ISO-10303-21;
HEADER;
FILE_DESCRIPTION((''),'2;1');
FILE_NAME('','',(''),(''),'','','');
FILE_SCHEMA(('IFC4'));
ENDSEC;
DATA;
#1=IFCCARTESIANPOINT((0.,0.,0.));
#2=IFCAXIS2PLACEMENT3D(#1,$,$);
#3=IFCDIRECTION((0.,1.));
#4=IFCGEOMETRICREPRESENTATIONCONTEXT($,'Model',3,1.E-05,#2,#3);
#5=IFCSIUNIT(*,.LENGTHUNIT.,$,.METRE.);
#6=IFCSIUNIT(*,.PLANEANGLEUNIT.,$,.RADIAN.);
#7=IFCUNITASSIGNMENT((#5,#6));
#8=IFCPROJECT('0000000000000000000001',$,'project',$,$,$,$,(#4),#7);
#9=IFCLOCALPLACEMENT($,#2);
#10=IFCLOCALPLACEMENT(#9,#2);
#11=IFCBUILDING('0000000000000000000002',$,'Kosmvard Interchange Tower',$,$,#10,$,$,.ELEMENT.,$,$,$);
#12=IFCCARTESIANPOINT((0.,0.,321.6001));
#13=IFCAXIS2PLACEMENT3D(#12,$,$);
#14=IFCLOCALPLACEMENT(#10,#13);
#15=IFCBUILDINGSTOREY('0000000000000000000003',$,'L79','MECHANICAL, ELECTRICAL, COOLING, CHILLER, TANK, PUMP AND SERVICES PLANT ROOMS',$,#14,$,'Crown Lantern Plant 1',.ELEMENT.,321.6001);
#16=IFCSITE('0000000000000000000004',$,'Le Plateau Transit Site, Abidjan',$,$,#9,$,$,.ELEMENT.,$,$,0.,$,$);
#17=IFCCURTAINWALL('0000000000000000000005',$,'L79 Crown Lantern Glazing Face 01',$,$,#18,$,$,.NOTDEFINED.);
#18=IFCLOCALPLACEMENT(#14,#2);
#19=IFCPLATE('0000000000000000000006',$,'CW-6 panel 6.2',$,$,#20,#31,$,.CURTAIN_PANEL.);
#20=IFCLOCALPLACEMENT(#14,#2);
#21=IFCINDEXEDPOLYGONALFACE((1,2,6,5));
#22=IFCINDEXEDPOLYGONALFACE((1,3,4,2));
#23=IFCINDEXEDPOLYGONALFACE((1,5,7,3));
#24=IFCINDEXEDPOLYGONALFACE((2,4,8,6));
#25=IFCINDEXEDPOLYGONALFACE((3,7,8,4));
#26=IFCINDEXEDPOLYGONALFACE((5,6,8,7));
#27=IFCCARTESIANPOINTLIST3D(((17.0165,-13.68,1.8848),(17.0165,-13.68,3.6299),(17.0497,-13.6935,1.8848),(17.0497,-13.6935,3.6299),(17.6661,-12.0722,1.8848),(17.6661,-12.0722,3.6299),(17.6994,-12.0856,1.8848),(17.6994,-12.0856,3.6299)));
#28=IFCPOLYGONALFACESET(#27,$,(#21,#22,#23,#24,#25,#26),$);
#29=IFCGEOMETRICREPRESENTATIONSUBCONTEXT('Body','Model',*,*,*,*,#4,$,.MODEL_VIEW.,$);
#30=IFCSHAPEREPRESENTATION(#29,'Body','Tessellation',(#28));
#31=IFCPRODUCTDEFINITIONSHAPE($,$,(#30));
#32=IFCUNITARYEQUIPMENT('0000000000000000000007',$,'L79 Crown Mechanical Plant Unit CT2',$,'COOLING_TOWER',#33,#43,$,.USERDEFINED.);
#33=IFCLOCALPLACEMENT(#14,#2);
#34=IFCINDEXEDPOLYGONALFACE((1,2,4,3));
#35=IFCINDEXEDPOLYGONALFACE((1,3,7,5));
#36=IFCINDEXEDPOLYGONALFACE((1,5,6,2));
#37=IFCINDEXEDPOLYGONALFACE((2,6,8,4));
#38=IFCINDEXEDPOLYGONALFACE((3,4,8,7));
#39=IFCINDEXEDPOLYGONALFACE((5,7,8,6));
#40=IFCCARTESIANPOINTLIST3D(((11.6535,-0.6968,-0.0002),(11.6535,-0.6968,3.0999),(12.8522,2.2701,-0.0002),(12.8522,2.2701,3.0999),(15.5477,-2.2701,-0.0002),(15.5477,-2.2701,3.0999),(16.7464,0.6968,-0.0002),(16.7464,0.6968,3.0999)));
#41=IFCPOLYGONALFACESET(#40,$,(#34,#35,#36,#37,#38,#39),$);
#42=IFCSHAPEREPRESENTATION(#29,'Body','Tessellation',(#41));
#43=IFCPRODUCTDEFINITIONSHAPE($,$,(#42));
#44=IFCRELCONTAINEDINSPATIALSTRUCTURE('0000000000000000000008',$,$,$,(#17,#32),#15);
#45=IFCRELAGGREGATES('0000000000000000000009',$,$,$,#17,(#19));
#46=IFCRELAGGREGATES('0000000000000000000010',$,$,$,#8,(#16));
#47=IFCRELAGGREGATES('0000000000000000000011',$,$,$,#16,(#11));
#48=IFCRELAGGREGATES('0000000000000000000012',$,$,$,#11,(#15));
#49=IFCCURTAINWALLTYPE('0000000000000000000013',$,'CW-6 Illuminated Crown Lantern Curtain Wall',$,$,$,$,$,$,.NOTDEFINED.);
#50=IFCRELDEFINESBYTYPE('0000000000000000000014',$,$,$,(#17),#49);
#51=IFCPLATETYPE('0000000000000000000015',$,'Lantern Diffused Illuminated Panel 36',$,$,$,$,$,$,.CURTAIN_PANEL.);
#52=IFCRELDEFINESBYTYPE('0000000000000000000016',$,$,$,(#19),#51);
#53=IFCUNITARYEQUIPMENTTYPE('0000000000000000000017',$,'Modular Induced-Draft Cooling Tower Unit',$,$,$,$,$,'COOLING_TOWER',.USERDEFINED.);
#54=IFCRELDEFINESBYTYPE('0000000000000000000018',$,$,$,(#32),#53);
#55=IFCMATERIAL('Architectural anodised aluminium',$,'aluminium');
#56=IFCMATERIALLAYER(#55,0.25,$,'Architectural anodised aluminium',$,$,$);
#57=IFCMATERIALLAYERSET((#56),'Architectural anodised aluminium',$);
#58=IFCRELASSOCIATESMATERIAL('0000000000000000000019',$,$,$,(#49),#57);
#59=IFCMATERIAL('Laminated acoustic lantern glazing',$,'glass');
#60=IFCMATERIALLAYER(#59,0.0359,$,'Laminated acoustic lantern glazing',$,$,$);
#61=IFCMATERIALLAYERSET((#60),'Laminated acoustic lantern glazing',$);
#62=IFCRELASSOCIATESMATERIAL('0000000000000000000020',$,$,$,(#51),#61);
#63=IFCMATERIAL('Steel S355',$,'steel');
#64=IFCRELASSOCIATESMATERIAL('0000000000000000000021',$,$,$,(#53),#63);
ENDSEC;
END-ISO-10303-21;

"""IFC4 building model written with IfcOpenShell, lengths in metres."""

from ifc_helpers import new_model, si_unit, direction, frame, origin, origin_2d, place, context, subcontext, project, spatial, rectangle, extrude, source, transform, mapped, material, layer, layer_set, type_object, element, aggregate, save


model = new_model("IFC4")

# Units and contexts
model_context = context("Model", 3, precision=1e-05, world=origin(), true_north=direction((0.0, 1.0)))
body_context = subcontext(model_context, "Body", "Model", "MODEL_VIEW")
ifc_project = project(units=[si_unit("LENGTHUNIT", "METRE"), si_unit("PLANEANGLEUNIT", "RADIAN")], contexts=[model_context])

# Site, building, storey
site_placement = place(None, origin())
site = spatial("IfcSite", under=ifc_project, at=site_placement, Name="Le Plateau Transit Site, Abidjan", CompositionType="ELEMENT", RefElevation=0.0)
building_placement = place(site_placement, origin())
building = spatial("IfcBuilding", under=site, at=building_placement, Name="Kosmvard Interchange Tower", CompositionType="ELEMENT")
storey_placement = place(building_placement, frame((0.0, 0.0, 321.6001)))
storey = spatial("IfcBuildingStorey", under=building, at=storey_placement, Name="L79", Description="MECHANICAL, ELECTRICAL, COOLING, CHILLER, TANK, PUMP AND SERVICES PLANT ROOMS", LongName="Crown Lantern Plant 1", CompositionType="ELEMENT", Elevation=321.6001)

# Shared definitions
ifc_material_1 = material(Name="Steel S355", Category="steel")

# Curtain wall
ifc_material_2 = material(Name="Architectural anodised aluminium", Category="aluminium")
ifc_layer_1 = layer(ifc_material_2, 0.25, Name="Architectural anodised aluminium")
ifc_layer_set_1 = layer_set([ifc_layer_1], Name="Architectural anodised aluminium")
curtain_wall_type = type_object("IfcCurtainWallType", Name="CW-6 Illuminated Crown Lantern Curtain Wall", PredefinedType="NOTDEFINED", material=ifc_layer_set_1)
curtain_wall_placement = place(storey_placement, origin())
curtain_wall = element("IfcCurtainWall", 1, at=curtain_wall_placement, inside=storey, type_object=curtain_wall_type, Name="L79 Crown Lantern Glazing Face 01", PredefinedType="NOTDEFINED")

# Plate
ifc_material_3 = material(Name="Laminated acoustic lantern glazing", Category="glass")
ifc_layer_2 = layer(ifc_material_3, 0.0359, Name="Laminated acoustic lantern glazing")
ifc_layer_set_2 = layer_set([ifc_layer_2], Name="Laminated acoustic lantern glazing")
plate_type_1 = type_object("IfcPlateType", Name="Lantern Diffused Illuminated Panel 36", PredefinedType="CURTAIN_PANEL", material=ifc_layer_set_2)
shared_shape_1 = source(origin(), body_context, "Body", "SweptSolid", [
    extrude(rectangle(XDim=1.7341, YDim=0.0359, at=origin_2d()), origin(), (0.0, 0.0, 1.0), 1.7451),
])
plate_1_placement = place(storey_placement, frame((17.3579, -12.8828, 1.8848), z_axis=(0.0, 0.0, 1.0), x_axis=(0.374607, 0.927184, 0.0)))
plate_1 = element("IfcPlate", 2, at=plate_1_placement, type_object=plate_type_1, Name="CW-6 panel 6.2", PredefinedType="CURTAIN_PANEL", context=body_context, shape_type="MappedRepresentation", body=[
    mapped(shared_shape_1, transform((0.0, 0.0, 0.0), scale=1.0)),
])
aggregate(curtain_wall, [plate_1])

# Unitary equipment
unitary_equipment_type = type_object("IfcUnitaryEquipmentType", Name="Modular Induced-Draft Cooling Tower Unit", ElementType="COOLING_TOWER", PredefinedType="USERDEFINED", material=ifc_material_1)
shared_shape_2 = source(origin(), body_context, "Body", "SweptSolid", [
    extrude(rectangle(XDim=3.2, YDim=4.2, at=origin_2d()), origin(), (0.0, 0.0, 1.0), 3.1001),
])
unitary_equipment_placement = place(storey_placement, frame((14.2, 0.0, -0.0002), z_axis=(0.0, 0.0, 1.0), x_axis=(0.374607, 0.927184, 0.0)))
element("IfcUnitaryEquipment", 3, at=unitary_equipment_placement, inside=storey, type_object=unitary_equipment_type, Name="L79 Crown Mechanical Plant Unit CT2", ObjectType="COOLING_TOWER", PredefinedType="USERDEFINED", context=body_context, shape_type="MappedRepresentation", body=[
    mapped(shared_shape_2, transform((0.0, 0.0, 0.0), scale=1.0)),
])

save(model, "model.ifc")
